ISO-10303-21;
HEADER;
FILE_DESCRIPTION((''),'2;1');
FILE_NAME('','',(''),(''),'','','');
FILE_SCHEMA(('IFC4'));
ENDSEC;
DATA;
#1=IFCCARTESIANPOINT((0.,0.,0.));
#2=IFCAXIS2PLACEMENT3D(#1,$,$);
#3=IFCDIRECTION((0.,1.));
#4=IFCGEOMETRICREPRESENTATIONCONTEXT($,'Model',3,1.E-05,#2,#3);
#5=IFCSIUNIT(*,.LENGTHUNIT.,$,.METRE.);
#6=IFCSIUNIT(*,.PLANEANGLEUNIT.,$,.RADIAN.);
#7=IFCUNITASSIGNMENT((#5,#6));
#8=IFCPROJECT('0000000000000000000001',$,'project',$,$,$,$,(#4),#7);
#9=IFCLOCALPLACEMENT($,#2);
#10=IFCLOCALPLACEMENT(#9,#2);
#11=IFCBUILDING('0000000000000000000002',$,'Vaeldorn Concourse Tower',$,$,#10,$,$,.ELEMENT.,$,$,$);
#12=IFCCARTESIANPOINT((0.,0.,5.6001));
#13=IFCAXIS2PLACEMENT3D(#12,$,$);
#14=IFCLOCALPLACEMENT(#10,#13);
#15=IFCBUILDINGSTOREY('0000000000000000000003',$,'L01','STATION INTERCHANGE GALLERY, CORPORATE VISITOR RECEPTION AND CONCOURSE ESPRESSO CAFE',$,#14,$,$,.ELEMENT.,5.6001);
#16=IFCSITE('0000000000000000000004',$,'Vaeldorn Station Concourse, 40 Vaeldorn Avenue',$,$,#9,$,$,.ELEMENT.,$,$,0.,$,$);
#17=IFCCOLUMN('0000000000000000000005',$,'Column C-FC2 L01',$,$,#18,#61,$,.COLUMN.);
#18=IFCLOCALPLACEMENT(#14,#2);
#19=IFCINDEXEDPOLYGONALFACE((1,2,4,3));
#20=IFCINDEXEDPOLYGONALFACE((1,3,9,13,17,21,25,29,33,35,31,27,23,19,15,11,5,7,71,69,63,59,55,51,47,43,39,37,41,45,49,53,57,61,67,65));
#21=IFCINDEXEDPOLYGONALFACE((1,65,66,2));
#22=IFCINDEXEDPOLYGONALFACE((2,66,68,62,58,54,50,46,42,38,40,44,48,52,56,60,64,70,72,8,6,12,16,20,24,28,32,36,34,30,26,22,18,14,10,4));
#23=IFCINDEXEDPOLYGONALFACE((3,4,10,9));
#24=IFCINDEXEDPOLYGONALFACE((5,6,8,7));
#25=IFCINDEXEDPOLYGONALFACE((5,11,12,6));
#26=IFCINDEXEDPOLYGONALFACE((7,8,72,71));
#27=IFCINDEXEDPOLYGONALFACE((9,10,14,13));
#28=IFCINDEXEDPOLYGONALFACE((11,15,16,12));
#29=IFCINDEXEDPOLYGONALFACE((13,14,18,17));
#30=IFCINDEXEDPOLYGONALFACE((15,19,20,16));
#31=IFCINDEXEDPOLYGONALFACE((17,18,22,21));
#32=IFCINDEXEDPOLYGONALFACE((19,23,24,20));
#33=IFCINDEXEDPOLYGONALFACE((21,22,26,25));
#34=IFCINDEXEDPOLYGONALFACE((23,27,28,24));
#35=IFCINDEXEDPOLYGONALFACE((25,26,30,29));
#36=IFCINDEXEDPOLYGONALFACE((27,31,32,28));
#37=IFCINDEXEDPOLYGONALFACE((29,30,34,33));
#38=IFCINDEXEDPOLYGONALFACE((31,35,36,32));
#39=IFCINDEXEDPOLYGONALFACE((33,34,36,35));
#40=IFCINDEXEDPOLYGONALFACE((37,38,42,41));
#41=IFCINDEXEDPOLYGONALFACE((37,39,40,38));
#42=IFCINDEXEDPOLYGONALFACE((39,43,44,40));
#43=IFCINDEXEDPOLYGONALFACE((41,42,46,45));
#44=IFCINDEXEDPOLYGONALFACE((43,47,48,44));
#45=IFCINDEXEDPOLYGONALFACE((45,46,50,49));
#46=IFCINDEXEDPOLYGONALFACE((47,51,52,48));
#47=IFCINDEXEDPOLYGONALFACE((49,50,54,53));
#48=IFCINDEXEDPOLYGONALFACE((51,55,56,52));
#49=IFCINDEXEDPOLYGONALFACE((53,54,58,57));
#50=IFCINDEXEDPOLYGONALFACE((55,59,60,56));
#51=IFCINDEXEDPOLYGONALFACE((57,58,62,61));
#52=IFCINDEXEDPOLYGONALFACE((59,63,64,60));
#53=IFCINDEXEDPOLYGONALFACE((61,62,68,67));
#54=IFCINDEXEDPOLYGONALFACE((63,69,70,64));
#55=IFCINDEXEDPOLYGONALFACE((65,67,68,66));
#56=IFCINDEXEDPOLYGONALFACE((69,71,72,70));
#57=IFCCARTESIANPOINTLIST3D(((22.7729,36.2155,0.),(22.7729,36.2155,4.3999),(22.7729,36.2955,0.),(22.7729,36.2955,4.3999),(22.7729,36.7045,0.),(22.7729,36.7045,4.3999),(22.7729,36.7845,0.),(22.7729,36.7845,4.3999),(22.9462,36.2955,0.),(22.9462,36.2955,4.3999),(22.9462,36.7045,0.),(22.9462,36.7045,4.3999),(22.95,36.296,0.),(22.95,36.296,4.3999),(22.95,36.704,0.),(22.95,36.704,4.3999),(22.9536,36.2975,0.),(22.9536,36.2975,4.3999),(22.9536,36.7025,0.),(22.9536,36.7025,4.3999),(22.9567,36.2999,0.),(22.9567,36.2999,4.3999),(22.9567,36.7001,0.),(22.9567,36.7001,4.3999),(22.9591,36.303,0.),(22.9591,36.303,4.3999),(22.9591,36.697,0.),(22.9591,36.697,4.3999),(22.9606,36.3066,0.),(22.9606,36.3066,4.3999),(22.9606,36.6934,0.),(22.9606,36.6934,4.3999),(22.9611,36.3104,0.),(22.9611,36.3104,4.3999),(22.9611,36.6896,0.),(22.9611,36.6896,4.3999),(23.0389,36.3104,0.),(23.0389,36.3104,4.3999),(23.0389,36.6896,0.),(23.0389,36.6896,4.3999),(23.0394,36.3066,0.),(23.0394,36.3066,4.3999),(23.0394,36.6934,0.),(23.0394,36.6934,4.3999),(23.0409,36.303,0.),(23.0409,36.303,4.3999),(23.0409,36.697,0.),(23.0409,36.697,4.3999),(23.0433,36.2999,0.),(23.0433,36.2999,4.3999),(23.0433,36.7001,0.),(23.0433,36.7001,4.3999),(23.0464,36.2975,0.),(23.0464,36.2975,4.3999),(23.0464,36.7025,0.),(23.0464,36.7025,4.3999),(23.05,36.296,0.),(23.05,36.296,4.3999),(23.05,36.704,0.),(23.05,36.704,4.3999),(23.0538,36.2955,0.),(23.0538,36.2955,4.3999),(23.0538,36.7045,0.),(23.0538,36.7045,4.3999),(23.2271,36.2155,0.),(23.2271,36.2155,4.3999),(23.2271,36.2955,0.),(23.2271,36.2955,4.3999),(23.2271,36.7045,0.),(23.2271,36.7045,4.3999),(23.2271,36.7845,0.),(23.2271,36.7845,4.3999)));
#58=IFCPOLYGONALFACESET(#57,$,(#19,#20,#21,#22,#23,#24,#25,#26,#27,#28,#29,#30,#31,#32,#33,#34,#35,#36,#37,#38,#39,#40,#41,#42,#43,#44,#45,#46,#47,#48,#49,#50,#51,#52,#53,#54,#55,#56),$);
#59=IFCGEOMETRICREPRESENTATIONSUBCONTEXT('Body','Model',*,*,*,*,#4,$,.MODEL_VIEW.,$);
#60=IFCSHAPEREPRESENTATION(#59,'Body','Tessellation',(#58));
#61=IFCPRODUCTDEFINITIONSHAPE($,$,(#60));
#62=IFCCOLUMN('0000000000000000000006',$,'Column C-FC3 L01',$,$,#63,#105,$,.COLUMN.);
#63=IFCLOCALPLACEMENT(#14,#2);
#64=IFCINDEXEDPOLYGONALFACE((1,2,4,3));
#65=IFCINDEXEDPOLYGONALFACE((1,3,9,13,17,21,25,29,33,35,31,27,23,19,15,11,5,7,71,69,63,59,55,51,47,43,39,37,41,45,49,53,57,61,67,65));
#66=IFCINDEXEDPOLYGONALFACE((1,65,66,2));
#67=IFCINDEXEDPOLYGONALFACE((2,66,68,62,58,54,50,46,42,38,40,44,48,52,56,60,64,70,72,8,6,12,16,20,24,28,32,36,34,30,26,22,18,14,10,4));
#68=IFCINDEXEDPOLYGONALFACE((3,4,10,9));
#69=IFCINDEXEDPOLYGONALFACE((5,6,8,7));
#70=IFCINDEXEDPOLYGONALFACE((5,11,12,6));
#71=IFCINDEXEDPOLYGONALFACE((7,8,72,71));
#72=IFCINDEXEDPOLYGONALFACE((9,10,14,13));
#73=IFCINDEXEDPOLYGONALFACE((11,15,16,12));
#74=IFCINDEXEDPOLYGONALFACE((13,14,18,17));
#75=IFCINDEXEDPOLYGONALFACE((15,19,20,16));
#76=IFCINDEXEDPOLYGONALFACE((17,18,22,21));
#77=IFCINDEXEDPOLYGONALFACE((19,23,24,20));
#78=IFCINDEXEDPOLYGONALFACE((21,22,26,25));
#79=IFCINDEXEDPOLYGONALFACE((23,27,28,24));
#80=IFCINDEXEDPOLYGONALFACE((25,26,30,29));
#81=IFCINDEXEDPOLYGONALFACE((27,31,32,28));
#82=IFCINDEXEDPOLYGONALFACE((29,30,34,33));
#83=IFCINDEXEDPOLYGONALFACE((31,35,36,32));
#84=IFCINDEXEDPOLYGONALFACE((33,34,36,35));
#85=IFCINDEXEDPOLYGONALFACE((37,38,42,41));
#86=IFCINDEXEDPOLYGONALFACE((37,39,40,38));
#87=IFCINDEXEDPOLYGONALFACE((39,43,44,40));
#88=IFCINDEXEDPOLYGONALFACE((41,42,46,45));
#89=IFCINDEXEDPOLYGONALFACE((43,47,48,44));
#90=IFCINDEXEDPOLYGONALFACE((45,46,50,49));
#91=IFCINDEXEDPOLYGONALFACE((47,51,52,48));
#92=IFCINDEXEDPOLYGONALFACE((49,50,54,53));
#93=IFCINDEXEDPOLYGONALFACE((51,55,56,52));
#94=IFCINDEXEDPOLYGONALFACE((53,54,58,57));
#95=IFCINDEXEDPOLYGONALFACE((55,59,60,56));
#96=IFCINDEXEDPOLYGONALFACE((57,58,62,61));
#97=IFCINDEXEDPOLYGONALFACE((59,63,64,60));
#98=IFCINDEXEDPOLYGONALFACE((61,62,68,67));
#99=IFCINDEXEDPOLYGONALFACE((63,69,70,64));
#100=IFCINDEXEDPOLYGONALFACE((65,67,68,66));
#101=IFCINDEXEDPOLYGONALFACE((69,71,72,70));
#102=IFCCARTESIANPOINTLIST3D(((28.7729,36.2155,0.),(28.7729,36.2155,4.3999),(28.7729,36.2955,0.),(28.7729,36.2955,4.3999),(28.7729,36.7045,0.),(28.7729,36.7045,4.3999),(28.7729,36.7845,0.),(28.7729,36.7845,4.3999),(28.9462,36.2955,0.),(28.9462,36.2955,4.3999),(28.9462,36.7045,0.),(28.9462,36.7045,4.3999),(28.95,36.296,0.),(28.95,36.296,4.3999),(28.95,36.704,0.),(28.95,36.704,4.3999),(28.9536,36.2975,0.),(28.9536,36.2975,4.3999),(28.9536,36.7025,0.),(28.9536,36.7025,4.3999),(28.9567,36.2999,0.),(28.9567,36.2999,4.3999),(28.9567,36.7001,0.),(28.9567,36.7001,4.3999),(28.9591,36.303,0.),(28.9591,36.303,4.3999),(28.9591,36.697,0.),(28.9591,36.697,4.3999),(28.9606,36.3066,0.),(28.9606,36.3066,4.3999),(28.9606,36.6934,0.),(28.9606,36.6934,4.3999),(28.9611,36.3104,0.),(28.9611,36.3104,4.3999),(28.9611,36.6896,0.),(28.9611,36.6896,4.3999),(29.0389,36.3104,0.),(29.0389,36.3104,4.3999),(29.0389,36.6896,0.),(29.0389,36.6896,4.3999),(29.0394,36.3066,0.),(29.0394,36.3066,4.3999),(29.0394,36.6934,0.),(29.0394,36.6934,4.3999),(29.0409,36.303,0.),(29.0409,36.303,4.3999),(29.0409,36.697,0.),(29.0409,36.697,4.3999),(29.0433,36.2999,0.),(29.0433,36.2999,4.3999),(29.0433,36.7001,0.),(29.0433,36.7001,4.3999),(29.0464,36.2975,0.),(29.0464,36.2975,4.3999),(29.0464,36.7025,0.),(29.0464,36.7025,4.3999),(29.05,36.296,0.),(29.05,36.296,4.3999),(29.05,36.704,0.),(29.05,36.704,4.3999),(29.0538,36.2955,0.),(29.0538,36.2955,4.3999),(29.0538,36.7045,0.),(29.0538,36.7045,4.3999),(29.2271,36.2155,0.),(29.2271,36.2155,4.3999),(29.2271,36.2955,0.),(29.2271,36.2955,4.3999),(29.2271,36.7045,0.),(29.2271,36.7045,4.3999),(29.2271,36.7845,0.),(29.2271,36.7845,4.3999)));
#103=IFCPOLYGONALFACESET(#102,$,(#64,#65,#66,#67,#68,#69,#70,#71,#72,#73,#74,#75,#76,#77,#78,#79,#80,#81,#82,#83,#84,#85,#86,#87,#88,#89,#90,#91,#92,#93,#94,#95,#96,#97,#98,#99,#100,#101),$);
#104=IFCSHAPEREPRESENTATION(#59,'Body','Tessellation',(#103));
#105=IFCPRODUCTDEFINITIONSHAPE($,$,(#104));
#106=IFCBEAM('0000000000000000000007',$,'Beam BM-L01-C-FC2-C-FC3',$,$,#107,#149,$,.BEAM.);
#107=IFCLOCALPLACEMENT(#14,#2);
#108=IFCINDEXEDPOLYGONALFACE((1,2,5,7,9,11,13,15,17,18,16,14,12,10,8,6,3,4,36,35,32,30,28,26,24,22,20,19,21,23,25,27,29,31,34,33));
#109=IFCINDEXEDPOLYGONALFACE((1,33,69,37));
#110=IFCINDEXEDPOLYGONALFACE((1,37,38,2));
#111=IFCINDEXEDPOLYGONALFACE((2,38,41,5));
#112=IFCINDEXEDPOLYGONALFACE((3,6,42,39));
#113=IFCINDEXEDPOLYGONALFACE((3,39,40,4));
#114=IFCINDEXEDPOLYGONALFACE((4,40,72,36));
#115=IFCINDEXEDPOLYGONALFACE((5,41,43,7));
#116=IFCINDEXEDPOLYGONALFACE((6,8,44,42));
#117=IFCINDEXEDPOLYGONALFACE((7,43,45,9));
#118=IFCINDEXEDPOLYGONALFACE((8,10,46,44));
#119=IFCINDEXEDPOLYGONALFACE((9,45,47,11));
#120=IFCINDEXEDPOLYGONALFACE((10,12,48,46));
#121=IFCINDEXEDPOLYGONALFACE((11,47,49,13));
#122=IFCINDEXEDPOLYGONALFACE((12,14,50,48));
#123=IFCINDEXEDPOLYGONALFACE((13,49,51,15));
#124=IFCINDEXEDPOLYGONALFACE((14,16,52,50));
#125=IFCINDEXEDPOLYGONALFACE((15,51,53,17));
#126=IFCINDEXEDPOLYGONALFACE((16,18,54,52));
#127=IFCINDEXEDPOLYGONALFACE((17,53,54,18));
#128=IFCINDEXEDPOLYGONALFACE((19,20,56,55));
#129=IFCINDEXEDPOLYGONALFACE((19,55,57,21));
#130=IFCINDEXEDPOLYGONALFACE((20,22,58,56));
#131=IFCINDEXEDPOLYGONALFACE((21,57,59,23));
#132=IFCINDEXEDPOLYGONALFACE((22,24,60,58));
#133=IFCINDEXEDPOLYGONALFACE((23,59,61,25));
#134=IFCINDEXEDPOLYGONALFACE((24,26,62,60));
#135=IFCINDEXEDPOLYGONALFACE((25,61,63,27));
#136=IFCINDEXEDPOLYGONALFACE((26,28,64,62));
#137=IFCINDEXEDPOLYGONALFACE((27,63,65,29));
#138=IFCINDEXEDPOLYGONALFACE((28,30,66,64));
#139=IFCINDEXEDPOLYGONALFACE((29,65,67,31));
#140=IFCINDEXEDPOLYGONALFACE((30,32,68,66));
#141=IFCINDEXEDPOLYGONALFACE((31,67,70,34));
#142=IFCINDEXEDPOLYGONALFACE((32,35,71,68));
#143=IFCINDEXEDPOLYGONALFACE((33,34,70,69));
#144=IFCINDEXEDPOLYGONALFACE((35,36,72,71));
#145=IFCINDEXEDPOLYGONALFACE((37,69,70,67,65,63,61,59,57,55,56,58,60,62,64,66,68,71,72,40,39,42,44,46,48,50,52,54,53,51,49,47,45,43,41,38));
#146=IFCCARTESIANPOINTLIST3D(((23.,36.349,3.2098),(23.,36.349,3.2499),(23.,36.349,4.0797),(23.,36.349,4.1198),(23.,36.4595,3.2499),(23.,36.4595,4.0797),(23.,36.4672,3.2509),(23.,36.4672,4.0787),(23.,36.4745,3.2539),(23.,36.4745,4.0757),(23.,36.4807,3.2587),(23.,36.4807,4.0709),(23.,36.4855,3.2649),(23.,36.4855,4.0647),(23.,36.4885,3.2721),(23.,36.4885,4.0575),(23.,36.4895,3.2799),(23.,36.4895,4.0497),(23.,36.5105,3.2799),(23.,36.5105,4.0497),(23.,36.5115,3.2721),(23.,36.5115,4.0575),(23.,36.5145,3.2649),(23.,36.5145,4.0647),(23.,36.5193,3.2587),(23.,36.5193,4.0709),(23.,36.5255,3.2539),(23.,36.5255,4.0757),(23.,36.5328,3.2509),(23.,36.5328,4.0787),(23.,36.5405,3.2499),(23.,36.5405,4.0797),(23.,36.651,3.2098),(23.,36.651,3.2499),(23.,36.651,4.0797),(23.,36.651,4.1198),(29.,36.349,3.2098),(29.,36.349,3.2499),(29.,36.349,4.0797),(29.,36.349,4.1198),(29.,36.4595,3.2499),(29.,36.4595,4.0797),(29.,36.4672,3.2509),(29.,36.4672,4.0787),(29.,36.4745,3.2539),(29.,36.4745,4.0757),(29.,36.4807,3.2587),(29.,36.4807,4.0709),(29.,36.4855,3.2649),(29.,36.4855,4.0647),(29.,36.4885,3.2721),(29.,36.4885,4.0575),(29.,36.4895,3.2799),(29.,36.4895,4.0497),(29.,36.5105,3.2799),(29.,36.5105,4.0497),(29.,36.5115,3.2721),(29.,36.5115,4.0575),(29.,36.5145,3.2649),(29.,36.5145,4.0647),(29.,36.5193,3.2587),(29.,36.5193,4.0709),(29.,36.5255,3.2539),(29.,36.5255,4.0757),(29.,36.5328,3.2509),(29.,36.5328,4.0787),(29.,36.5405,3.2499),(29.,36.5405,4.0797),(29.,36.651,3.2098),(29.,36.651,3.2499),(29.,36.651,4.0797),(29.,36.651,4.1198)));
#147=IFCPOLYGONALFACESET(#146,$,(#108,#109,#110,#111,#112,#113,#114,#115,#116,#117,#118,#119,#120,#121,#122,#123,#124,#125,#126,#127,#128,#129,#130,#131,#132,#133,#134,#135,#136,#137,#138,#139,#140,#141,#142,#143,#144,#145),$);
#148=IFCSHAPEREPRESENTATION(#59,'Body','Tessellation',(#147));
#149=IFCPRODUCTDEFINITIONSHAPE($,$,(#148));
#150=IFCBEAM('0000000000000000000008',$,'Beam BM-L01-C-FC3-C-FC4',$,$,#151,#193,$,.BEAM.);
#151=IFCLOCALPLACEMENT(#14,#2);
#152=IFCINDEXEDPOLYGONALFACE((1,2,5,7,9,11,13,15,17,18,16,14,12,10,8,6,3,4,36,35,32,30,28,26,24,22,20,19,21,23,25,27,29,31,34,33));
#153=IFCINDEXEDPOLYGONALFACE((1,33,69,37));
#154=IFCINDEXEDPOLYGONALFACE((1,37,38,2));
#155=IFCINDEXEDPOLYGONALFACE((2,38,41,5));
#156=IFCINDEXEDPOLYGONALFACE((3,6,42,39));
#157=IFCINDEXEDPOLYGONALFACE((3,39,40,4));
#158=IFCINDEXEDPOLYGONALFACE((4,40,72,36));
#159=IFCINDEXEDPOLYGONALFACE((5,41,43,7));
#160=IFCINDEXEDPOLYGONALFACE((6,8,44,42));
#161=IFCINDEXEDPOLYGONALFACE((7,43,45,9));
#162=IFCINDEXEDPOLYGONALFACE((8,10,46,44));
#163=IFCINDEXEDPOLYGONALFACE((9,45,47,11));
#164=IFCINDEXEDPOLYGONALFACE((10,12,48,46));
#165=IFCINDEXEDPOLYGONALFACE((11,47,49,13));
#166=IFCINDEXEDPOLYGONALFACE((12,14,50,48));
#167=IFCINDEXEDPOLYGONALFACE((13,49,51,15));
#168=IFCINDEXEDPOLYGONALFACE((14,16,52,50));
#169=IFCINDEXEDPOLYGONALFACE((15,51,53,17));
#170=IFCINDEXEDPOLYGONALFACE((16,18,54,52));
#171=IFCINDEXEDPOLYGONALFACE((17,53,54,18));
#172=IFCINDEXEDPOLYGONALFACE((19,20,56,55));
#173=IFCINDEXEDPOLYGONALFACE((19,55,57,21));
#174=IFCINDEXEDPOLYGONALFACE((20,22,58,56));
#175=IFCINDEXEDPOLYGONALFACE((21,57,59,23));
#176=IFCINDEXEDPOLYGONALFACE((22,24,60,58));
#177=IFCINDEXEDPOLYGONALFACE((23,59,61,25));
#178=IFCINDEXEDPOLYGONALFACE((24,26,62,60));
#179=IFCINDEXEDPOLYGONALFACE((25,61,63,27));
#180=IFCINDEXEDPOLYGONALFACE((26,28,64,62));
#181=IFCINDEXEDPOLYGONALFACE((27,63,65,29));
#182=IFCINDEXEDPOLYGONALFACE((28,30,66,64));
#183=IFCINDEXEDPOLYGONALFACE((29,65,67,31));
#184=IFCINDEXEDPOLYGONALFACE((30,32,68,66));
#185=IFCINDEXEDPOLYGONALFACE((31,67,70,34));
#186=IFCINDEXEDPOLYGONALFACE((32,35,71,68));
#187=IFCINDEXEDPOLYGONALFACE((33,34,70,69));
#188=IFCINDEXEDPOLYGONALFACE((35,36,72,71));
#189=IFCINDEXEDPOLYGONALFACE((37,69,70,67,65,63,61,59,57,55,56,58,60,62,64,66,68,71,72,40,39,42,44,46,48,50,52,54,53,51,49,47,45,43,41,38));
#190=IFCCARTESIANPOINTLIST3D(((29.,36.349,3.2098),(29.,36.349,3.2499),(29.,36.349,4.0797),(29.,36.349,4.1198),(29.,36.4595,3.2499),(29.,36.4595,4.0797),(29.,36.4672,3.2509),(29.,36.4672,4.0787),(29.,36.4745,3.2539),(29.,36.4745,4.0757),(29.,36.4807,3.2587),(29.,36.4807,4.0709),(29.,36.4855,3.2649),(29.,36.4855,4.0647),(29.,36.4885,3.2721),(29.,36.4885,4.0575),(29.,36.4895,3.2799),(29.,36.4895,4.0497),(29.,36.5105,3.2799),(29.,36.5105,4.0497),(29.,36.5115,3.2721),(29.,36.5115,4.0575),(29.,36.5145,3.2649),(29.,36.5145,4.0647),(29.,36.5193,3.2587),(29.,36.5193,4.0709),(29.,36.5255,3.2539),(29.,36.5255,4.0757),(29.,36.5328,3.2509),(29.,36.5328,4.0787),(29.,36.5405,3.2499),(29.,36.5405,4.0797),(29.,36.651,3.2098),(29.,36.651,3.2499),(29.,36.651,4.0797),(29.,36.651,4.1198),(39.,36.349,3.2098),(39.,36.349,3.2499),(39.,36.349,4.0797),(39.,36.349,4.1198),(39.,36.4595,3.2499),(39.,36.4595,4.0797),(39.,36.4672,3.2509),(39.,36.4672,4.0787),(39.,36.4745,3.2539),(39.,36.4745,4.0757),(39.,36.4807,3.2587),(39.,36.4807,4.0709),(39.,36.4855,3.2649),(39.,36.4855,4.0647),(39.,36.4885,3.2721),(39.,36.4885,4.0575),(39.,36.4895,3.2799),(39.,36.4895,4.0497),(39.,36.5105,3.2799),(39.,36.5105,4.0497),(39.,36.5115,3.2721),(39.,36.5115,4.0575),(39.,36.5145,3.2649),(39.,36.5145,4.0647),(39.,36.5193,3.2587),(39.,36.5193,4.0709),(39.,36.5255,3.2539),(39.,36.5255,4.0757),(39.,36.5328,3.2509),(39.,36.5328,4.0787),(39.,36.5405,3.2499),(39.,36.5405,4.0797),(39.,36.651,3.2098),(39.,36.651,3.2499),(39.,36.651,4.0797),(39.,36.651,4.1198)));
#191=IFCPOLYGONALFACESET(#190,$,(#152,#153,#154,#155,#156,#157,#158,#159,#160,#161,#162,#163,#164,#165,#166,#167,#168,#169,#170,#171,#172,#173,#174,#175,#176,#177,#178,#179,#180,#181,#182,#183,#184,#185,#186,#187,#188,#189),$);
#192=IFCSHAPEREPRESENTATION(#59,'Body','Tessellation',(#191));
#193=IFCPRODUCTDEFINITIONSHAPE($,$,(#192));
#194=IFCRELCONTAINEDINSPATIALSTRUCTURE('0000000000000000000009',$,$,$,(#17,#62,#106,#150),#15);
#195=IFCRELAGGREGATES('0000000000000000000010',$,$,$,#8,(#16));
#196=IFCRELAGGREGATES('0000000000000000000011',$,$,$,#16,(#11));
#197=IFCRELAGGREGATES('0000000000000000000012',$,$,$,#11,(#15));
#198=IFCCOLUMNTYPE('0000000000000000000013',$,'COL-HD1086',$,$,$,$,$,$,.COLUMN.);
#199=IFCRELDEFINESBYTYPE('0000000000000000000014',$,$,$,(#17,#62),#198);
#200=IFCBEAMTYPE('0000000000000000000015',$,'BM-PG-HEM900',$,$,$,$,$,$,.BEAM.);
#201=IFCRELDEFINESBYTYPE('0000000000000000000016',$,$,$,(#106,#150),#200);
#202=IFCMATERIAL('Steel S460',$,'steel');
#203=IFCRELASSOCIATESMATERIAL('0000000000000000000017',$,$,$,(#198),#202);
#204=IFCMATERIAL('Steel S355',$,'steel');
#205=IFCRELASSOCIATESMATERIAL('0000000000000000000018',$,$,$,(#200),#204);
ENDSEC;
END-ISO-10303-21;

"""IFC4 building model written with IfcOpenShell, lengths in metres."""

from ifc_helpers import new_model, si_unit, direction, frame, origin, origin_2d, place, context, subcontext, project, spatial, i_section, extrude, source, transform, mapped, material, material_profile, profile_set, type_object, element, save


model = new_model("IFC4")

# Units and contexts
model_context = context("Model", 3, precision=1e-05, world=origin(), true_north=direction((0.0, 1.0)))
body_context = subcontext(model_context, "Body", "Model", "MODEL_VIEW")
ifc_project = project(units=[si_unit("LENGTHUNIT", "METRE"), si_unit("PLANEANGLEUNIT", "RADIAN")], contexts=[model_context])

# Site, building, storey
site_placement = place(None, origin())
site = spatial("IfcSite", under=ifc_project, at=site_placement, Name="Vaeldorn Station Concourse, 40 Vaeldorn Avenue", CompositionType="ELEMENT", RefElevation=0.0)
building_placement = place(site_placement, origin())
building = spatial("IfcBuilding", under=site, at=building_placement, Name="Vaeldorn Concourse Tower", CompositionType="ELEMENT")
storey_placement = place(building_placement, frame((0.0, 0.0, 5.6001)))
storey = spatial("IfcBuildingStorey", under=building, at=storey_placement, Name="L01", Description="STATION INTERCHANGE GALLERY, CORPORATE VISITOR RECEPTION AND CONCOURSE ESPRESSO CAFE", CompositionType="ELEMENT", Elevation=5.6001)

# Columns
ifc_material_1 = material(Name="Steel S460", Category="steel")
ifc_material_profile_1 = material_profile(ifc_material_1, i_section(OverallWidth=0.4541, OverallDepth=0.5691, WebThickness=0.0779, FlangeThickness=0.0801, FilletRadius=0.0149, at=origin_2d()), Name="HD 400x1086")
ifc_profile_set_1 = profile_set([ifc_material_profile_1], Name="Steel S460")
column_type = type_object("IfcColumnType", Name="COL-HD1086", PredefinedType="COLUMN", material=ifc_profile_set_1)
shared_shape_1 = source(origin(), body_context, "Body", "SweptSolid", [
    extrude(i_section(OverallWidth=0.4541, OverallDepth=0.5691, WebThickness=0.0779, FlangeThickness=0.0801, FilletRadius=0.0149, at=origin_2d()), origin(), (0.0, 0.0, 1.0), 4.3999),
])
for number, where, z_axis, x_axis, name in (
    (1, (23.0, 36.5, 0.0), (0.0, 0.0, 1.0), (1.0, 0.0, 0.0), "Column C-FC2 L01"),
    (2, (29.0, 36.5, 0.0), (0.0, 0.0, 1.0), (1.0, 0.0, 0.0), "Column C-FC3 L01"),
):
    element("IfcColumn", number, at=place(storey_placement, frame(where, z_axis=z_axis, x_axis=x_axis)), inside=storey, type_object=column_type, Name=name, PredefinedType="COLUMN", context=body_context, shape_type="MappedRepresentation", body=[
        mapped(shared_shape_1, transform((0.0, 0.0, 0.0), scale=1.0)),
    ])

# Beams
ifc_material_2 = material(Name="Steel S355", Category="steel")
ifc_material_profile_2 = material_profile(ifc_material_2, i_section(OverallWidth=0.302, OverallDepth=0.9099, WebThickness=0.021, FlangeThickness=0.04, FilletRadius=0.03, at=origin_2d()), Name="HEM 900")
ifc_profile_set_2 = profile_set([ifc_material_profile_2], Name="Steel S355")
beam_type = type_object("IfcBeamType", Name="BM-PG-HEM900", PredefinedType="BEAM", material=ifc_profile_set_2)
shared_shape_2 = source(origin(), body_context, "Body", "SweptSolid", [
    extrude(i_section(OverallWidth=0.302, OverallDepth=0.9099, WebThickness=0.021, FlangeThickness=0.04, FilletRadius=0.03, at=origin_2d()), origin(), (0.0, 0.0, 1.0), 6.0),
])
beam_1_placement = place(storey_placement, frame((23.0, 36.5, 3.6648), z_axis=(1.0, 0.0, 0.0), x_axis=(0.0, 1.0, 0.0)))
element("IfcBeam", 3, at=beam_1_placement, inside=storey, type_object=beam_type, Name="Beam BM-L01-C-FC2-C-FC3", PredefinedType="BEAM", context=body_context, shape_type="MappedRepresentation", body=[
    mapped(shared_shape_2, transform((0.0, 0.0, 0.0), scale=1.0)),
])
shared_shape_3 = source(origin(), body_context, "Body", "SweptSolid", [
    extrude(i_section(OverallWidth=0.302, OverallDepth=0.9099, WebThickness=0.021, FlangeThickness=0.04, FilletRadius=0.03, at=origin_2d()), origin(), (0.0, 0.0, 1.0), 10.0),
])
beam_2_placement = place(storey_placement, frame((29.0, 36.5, 3.6648), z_axis=(1.0, 0.0, 0.0), x_axis=(0.0, 1.0, 0.0)))
element("IfcBeam", 4, at=beam_2_placement, inside=storey, type_object=beam_type, Name="Beam BM-L01-C-FC3-C-FC4", PredefinedType="BEAM", context=body_context, shape_type="MappedRepresentation", body=[
    mapped(shared_shape_3, transform((0.0, 0.0, 0.0), scale=1.0)),
])

save(model, "model.ifc")
